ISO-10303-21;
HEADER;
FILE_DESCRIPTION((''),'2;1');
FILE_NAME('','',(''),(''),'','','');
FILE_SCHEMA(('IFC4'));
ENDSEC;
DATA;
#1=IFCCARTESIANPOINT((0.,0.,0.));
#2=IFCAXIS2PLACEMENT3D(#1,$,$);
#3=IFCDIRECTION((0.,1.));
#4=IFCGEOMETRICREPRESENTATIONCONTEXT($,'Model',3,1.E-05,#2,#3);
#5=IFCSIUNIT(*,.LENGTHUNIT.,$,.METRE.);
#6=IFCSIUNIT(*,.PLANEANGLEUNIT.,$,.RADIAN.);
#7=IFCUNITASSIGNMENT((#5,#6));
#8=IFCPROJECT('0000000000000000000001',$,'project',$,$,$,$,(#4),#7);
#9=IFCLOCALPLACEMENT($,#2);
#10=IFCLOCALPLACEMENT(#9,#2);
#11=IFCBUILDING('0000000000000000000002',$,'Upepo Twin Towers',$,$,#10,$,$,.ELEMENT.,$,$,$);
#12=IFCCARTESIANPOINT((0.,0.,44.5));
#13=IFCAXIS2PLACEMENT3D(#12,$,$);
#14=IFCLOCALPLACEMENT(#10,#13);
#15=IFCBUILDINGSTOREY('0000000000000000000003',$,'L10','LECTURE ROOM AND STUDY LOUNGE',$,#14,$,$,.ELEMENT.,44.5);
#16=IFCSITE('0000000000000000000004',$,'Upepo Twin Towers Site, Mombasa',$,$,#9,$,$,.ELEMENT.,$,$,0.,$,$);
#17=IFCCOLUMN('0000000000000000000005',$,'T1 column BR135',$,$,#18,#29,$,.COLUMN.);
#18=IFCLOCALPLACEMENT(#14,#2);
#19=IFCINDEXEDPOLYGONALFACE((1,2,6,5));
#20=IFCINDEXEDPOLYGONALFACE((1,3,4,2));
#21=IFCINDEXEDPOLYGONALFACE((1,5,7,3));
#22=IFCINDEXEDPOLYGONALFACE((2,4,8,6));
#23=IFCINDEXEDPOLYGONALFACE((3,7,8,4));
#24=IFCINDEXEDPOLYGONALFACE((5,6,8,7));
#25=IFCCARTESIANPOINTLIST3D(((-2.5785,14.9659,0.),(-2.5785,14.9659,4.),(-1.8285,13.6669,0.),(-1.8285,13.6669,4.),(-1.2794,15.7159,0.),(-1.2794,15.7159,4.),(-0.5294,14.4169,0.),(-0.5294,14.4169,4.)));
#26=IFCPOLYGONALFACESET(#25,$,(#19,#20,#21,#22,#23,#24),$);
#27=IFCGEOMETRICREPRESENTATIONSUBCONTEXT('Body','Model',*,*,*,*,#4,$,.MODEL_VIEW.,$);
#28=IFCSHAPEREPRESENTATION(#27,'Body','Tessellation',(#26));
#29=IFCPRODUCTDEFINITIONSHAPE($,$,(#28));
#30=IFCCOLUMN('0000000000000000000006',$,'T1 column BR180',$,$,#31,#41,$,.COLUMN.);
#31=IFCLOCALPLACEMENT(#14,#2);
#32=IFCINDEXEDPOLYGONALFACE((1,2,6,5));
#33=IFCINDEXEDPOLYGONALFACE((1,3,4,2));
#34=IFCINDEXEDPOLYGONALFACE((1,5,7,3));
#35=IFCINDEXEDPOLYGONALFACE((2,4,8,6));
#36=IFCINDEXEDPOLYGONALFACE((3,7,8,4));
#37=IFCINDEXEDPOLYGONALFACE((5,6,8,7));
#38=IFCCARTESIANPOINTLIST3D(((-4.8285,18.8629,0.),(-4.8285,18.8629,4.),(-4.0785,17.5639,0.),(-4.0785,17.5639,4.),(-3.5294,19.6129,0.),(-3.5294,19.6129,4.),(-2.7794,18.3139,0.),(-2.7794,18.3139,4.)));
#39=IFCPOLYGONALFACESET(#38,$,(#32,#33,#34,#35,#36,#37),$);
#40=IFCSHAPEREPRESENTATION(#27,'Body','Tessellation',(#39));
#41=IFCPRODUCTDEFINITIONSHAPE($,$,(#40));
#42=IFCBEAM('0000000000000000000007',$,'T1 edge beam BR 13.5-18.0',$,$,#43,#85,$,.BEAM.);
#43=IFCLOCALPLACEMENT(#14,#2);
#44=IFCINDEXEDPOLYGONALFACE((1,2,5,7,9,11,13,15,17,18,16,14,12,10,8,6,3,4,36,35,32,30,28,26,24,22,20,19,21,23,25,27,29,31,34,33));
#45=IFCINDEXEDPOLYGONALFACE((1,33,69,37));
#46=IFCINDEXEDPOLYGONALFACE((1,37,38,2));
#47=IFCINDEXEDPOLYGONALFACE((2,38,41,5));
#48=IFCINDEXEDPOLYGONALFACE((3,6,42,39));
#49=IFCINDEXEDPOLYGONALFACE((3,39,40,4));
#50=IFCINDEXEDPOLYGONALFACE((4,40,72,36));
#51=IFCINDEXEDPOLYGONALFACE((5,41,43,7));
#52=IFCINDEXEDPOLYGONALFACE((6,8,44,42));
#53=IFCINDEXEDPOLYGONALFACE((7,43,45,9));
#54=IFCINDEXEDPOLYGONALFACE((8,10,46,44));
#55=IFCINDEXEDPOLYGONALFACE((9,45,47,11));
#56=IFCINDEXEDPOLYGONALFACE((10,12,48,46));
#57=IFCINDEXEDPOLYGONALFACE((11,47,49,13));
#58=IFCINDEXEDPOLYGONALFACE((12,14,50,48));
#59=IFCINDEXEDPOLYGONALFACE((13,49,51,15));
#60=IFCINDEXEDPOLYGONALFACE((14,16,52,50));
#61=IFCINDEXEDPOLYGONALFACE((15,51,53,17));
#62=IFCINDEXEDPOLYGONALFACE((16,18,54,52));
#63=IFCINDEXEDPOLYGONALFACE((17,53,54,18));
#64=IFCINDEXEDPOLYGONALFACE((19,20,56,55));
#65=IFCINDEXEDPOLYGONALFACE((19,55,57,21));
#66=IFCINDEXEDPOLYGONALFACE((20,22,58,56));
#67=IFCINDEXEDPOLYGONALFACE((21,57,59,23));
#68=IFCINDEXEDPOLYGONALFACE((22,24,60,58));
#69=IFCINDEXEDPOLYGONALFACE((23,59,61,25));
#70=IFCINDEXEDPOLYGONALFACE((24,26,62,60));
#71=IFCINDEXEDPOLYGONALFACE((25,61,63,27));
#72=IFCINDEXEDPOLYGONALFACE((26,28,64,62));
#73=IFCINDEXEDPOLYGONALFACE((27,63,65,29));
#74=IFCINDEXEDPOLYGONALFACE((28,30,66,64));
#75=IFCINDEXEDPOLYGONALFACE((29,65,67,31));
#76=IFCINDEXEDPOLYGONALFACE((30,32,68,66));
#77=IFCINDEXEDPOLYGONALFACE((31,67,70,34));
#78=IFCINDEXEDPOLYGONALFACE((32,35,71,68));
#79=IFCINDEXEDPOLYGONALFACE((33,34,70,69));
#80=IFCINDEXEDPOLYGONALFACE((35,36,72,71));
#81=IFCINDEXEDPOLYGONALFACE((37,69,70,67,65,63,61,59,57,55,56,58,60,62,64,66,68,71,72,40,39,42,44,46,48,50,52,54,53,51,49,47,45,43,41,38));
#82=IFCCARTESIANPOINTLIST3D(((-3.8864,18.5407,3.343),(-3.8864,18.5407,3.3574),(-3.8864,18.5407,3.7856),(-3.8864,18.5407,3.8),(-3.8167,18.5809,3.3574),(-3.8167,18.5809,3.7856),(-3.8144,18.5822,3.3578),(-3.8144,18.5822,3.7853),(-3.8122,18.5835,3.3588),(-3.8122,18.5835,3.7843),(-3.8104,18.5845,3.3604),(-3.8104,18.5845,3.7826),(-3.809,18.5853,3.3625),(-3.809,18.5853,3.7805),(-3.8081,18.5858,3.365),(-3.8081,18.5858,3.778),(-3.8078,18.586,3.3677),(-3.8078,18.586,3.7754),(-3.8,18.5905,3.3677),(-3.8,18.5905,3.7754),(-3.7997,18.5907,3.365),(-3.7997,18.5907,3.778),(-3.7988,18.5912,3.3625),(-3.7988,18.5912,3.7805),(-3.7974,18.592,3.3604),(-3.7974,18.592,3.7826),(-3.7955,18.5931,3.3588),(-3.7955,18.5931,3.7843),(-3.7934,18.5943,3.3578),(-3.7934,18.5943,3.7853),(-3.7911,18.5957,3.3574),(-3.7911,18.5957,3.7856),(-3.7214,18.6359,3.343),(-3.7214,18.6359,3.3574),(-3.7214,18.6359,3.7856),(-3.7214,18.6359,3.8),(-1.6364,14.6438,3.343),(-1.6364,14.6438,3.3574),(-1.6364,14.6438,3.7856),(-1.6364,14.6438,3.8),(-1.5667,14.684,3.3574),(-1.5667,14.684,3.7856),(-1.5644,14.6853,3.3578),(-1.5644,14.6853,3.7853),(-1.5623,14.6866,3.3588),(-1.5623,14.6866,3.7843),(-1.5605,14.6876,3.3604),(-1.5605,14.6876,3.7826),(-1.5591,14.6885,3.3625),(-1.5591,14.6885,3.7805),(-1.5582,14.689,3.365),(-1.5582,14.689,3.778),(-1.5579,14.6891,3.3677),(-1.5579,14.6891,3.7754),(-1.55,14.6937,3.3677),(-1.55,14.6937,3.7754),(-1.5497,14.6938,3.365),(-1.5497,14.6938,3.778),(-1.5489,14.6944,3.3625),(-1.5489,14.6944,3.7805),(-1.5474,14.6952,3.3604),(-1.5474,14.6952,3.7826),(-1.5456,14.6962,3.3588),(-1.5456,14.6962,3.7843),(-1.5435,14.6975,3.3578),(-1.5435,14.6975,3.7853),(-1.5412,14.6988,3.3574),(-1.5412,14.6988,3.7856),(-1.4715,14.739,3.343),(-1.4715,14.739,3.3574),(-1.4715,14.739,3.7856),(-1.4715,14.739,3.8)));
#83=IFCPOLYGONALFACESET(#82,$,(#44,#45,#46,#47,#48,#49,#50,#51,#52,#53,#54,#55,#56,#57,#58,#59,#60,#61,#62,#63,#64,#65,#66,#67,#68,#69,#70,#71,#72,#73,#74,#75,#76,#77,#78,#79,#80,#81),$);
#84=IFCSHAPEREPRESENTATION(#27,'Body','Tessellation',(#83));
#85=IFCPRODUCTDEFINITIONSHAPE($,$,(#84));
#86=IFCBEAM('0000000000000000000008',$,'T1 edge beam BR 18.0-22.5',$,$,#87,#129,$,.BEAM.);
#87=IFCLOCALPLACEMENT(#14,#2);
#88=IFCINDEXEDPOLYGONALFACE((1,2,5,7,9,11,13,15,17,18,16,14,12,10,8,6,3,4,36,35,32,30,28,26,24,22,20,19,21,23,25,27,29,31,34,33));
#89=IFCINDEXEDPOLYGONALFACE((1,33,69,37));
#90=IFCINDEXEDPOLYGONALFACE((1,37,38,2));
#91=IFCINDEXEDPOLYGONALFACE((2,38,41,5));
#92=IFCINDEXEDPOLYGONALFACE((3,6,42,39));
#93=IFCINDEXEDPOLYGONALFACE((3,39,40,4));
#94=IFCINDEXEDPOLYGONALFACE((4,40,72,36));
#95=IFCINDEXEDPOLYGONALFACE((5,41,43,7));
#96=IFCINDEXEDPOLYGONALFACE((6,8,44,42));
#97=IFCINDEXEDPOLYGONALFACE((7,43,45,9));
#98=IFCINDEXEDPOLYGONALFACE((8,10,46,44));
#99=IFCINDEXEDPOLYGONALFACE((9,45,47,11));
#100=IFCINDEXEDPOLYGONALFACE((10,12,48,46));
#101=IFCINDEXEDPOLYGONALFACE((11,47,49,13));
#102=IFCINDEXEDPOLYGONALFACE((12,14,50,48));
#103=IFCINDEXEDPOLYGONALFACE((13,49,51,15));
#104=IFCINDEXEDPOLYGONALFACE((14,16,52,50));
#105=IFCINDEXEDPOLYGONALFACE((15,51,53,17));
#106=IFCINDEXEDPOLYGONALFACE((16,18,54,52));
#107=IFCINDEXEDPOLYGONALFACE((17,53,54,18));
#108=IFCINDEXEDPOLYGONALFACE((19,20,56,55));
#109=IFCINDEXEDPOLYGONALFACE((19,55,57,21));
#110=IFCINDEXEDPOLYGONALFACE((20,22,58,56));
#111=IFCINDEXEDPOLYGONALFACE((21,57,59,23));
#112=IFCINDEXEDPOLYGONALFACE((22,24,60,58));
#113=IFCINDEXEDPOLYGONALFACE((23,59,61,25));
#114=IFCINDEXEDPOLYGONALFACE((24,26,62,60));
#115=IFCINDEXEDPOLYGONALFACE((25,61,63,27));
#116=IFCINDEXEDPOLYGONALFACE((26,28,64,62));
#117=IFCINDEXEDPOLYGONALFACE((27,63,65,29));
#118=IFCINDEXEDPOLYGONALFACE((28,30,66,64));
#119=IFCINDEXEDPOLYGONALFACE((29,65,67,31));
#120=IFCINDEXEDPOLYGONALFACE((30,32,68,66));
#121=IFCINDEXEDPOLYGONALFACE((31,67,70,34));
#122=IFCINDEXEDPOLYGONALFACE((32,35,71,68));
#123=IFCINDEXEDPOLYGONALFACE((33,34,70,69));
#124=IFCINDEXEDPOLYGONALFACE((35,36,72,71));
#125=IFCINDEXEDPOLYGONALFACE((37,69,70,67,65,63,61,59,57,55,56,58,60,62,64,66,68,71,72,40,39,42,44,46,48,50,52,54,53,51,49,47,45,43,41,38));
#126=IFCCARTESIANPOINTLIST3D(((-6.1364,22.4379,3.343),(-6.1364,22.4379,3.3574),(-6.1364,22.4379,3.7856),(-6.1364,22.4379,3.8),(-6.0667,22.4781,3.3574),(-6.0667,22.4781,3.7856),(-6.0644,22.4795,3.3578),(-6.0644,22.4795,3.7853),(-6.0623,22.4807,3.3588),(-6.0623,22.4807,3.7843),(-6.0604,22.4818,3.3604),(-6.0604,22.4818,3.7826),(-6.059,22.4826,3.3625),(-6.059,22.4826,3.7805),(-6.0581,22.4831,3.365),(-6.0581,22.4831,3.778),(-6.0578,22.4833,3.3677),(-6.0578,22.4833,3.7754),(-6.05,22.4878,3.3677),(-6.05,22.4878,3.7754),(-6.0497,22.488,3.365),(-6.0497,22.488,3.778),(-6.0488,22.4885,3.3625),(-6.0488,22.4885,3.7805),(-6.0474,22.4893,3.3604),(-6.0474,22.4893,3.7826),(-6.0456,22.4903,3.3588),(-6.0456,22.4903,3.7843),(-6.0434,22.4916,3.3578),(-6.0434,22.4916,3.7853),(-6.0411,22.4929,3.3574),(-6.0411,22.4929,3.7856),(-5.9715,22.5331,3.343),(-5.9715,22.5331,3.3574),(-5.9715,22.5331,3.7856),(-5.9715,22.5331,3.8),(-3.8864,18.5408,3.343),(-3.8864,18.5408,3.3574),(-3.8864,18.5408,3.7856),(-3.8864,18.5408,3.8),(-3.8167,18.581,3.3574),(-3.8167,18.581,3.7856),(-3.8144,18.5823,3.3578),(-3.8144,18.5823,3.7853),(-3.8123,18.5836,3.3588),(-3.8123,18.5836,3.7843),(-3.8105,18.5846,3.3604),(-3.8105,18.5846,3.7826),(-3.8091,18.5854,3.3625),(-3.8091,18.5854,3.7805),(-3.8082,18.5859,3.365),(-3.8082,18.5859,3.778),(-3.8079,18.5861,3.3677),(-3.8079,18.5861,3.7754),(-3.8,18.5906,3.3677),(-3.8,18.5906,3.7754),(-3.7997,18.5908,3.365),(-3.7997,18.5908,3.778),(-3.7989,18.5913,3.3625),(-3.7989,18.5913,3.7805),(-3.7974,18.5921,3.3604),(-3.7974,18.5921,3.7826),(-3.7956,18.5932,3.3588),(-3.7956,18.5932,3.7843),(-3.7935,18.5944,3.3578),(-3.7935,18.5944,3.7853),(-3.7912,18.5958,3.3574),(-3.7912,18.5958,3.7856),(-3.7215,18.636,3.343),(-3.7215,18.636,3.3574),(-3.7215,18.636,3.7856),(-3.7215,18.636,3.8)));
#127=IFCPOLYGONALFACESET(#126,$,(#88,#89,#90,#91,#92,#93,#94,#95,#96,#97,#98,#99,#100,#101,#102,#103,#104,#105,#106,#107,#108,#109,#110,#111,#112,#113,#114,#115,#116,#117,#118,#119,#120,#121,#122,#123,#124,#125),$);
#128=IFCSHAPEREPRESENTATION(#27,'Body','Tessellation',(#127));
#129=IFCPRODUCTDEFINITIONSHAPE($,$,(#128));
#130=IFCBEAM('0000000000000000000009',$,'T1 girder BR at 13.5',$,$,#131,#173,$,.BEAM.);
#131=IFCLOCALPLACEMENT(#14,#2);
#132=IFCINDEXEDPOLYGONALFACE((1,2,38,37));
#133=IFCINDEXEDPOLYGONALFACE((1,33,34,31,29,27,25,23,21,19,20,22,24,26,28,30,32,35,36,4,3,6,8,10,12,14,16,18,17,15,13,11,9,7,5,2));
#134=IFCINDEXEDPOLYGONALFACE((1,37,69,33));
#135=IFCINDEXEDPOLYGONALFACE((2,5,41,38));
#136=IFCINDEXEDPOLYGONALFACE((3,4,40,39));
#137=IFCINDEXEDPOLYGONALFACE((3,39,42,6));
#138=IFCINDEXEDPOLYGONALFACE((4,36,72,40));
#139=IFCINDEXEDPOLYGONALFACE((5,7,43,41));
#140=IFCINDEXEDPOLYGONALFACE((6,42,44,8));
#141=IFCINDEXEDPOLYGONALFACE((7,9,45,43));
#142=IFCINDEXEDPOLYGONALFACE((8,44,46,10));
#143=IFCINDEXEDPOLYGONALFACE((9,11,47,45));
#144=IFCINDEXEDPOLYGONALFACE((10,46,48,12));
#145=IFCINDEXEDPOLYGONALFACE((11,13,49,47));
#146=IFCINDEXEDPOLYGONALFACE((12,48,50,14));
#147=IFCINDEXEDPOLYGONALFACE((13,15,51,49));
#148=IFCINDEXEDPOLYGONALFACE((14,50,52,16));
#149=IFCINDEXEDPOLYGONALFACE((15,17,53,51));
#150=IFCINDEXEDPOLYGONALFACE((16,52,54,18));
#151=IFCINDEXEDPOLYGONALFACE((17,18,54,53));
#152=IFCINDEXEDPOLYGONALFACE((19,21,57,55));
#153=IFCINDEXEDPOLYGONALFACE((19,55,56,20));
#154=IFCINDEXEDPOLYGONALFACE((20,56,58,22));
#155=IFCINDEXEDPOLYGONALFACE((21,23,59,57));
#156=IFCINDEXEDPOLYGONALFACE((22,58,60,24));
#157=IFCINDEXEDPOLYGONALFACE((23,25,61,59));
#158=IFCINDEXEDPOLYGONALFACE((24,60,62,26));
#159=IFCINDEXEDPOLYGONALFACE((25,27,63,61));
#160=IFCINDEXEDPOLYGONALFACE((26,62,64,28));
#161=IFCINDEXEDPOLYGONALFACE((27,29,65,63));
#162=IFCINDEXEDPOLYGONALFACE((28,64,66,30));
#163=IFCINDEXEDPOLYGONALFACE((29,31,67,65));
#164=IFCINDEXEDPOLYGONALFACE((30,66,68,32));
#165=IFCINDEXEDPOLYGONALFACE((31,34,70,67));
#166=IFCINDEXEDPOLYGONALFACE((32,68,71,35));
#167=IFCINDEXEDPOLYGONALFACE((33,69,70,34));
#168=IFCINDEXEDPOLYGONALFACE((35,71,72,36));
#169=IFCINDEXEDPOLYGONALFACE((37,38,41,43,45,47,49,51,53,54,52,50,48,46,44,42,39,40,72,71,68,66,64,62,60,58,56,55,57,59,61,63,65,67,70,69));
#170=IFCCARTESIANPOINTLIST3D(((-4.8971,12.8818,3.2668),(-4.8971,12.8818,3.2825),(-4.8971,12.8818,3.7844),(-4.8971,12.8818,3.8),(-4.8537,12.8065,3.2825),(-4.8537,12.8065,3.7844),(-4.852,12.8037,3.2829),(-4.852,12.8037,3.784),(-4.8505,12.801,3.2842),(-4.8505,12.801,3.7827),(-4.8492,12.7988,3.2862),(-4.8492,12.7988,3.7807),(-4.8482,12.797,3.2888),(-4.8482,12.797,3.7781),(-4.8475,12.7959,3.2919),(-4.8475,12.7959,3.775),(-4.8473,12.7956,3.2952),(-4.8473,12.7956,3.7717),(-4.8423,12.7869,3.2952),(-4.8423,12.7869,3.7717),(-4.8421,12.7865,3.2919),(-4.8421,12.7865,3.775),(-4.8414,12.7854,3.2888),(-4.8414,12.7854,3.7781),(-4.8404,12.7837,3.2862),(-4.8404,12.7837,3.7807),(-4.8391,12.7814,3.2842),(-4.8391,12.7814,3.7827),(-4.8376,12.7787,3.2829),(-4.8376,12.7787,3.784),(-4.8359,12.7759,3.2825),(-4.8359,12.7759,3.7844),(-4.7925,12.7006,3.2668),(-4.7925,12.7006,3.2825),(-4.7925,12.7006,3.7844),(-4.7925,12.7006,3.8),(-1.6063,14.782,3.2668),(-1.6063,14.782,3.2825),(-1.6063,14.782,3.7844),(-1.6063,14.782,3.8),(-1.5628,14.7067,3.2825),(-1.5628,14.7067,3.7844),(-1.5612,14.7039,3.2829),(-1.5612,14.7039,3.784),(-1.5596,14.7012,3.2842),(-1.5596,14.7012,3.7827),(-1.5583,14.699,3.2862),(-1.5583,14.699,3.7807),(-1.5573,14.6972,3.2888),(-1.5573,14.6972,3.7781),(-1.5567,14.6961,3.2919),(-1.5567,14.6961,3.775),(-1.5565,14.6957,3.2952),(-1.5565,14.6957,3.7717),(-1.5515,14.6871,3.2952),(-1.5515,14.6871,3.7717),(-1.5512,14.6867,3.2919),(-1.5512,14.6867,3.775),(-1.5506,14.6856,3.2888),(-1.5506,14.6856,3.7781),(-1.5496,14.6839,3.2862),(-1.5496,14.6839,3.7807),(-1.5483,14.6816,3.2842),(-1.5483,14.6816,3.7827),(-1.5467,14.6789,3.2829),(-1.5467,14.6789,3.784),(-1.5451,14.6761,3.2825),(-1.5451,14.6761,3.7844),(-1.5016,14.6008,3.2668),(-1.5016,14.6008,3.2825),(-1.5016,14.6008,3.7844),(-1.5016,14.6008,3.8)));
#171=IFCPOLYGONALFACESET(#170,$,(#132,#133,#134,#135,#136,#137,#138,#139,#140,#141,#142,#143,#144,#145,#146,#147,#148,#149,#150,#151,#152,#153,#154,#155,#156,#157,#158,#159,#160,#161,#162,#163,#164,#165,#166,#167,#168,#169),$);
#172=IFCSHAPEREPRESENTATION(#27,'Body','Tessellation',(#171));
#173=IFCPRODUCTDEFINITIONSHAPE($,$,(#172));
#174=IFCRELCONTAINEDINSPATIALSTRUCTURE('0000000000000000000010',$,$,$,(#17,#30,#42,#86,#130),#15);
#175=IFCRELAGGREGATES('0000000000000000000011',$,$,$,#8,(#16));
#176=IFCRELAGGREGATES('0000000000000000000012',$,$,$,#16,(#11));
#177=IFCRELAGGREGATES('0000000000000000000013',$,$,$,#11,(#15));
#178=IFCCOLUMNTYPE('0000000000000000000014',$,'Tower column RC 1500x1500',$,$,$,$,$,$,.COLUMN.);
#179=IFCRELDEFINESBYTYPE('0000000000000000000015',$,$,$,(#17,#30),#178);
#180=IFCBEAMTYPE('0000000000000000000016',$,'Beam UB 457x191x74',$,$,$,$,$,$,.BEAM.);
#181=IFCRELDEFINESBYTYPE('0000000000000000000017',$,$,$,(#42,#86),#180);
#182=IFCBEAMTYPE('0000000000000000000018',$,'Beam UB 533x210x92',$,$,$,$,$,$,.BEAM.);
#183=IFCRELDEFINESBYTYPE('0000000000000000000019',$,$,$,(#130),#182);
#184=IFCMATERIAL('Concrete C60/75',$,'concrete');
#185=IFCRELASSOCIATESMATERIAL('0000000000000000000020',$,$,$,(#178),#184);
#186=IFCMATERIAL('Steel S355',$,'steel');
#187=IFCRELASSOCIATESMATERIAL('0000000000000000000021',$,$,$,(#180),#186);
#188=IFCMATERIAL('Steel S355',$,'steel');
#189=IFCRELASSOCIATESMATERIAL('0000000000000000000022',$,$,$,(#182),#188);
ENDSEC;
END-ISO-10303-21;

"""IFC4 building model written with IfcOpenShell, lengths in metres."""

from ifc_helpers import new_model, si_unit, direction, frame, origin, origin_2d, place, context, subcontext, project, spatial, rectangle, i_section, extrude, material, material_profile, profile_set, type_object, element, save


model = new_model("IFC4")

# Units and contexts
model_context = context("Model", 3, precision=1e-05, world=origin(), true_north=direction((0.0, 1.0)))
body_context = subcontext(model_context, "Body", "Model", "MODEL_VIEW")
ifc_project = project(units=[si_unit("LENGTHUNIT", "METRE"), si_unit("PLANEANGLEUNIT", "RADIAN")], contexts=[model_context])

# Site, building, storey
site_placement = place(None, origin())
site = spatial("IfcSite", under=ifc_project, at=site_placement, Name="Upepo Twin Towers Site, Mombasa", CompositionType="ELEMENT", RefElevation=0.0)
building_placement = place(site_placement, origin())
building = spatial("IfcBuilding", under=site, at=building_placement, Name="Upepo Twin Towers", CompositionType="ELEMENT")
storey_placement = place(building_placement, frame((0.0, 0.0, 44.5)))
storey = spatial("IfcBuildingStorey", under=building, at=storey_placement, Name="L10", Description="LECTURE ROOM AND STUDY LOUNGE", CompositionType="ELEMENT", Elevation=44.5)

# Columns
ifc_material_1 = material(Name="Concrete C60/75", Category="concrete")
ifc_material_profile_1 = material_profile(ifc_material_1, rectangle(XDim=1.5, YDim=1.5, at=origin_2d()), Name="RC 1500x1500")
ifc_profile_set_1 = profile_set([ifc_material_profile_1], Name="Concrete C60/75")
column_type = type_object("IfcColumnType", Name="Tower column RC 1500x1500", PredefinedType="COLUMN", material=ifc_profile_set_1)
for number, where, z_axis, x_axis, name in (
    (1, (-1.554, 14.6914, 0.0), (0.0, 0.0, 1.0), (0.866025, 0.5, 0.0), "T1 column BR135"),
    (2, (-3.804, 18.5884, 0.0), (0.0, 0.0, 1.0), (0.866025, 0.5, 0.0), "T1 column BR180"),
):
    element("IfcColumn", number, at=place(storey_placement, frame(where, z_axis=z_axis, x_axis=x_axis)), inside=storey, type_object=column_type, Name=name, PredefinedType="COLUMN", context=body_context, shape_type="SweptSolid", body=[
        extrude(rectangle(XDim=1.5, YDim=1.5, at=origin_2d()), origin(), (0.0, 0.0, 1.0), 4.0),
    ])

# Beams
ifc_material_2 = material(Name="Steel S355", Category="steel")
ifc_material_profile_2 = material_profile(ifc_material_2, i_section(OverallWidth=0.1904, OverallDepth=0.457, WebThickness=0.009, FlangeThickness=0.0144, FilletRadius=0.0103, at=origin_2d()), Name="UB 457x191x74")
ifc_profile_set_2 = profile_set([ifc_material_profile_2], Name="Steel S355")
beam_type_1 = type_object("IfcBeamType", Name="Beam UB 457x191x74", PredefinedType="BEAM", material=ifc_profile_set_2)
beam_1_placement = place(storey_placement, frame((-1.554, 14.6914, 3.5715), z_axis=(-0.500014, 0.866018, 0.0), x_axis=(-0.866018, -0.500014, 0.0)))
element("IfcBeam", 3, at=beam_1_placement, inside=storey, type_object=beam_type_1, Name="T1 edge beam BR 13.5-18.0", PredefinedType="BEAM", context=body_context, shape_type="SweptSolid", body=[
    extrude(i_section(OverallWidth=0.1904, OverallDepth=0.457, WebThickness=0.009, FlangeThickness=0.0144, FilletRadius=0.0103, at=origin_2d()), origin(), (0.0, 0.0, 1.0), 4.4998),
])
beam_2_placement = place(storey_placement, frame((-3.804, 18.5884, 3.5715), z_axis=(-0.49999, 0.866031, 0.0), x_axis=(-0.866031, -0.49999, 0.0)))
element("IfcBeam", 4, at=beam_2_placement, inside=storey, type_object=beam_type_1, Name="T1 edge beam BR 18.0-22.5", PredefinedType="BEAM", context=body_context, shape_type="SweptSolid", body=[
    extrude(i_section(OverallWidth=0.1904, OverallDepth=0.457, WebThickness=0.009, FlangeThickness=0.0144, FilletRadius=0.0103, at=origin_2d()), origin(), (0.0, 0.0, 1.0), 4.5),
])
ifc_material_3 = material(Name="Steel S355", Category="steel")
ifc_material_profile_3 = material_profile(ifc_material_3, i_section(OverallWidth=0.2092, OverallDepth=0.5332, WebThickness=0.01, FlangeThickness=0.0156, FilletRadius=0.0127, at=origin_2d()), Name="UB 533x210x92")
ifc_profile_set_3 = profile_set([ifc_material_profile_3], Name="Steel S355")
beam_type_2 = type_object("IfcBeamType", Name="Beam UB 533x210x92", PredefinedType="BEAM", material=ifc_profile_set_3)
beam_3_placement = place(storey_placement, frame((-1.554, 14.6914, 3.5334), z_axis=(-0.866, -0.500043, 0.0), x_axis=(0.500043, -0.866, 0.0)))
element("IfcBeam", 5, at=beam_3_placement, inside=storey, type_object=beam_type_2, Name="T1 girder BR at 13.5", PredefinedType="BEAM", context=body_context, shape_type="SweptSolid", body=[
    extrude(i_section(OverallWidth=0.2092, OverallDepth=0.5332, WebThickness=0.01, FlangeThickness=0.0156, FilletRadius=0.0127, at=origin_2d()), origin(), (0.0, 0.0, 1.0), 3.8),
])

save(model, "model.ifc")
